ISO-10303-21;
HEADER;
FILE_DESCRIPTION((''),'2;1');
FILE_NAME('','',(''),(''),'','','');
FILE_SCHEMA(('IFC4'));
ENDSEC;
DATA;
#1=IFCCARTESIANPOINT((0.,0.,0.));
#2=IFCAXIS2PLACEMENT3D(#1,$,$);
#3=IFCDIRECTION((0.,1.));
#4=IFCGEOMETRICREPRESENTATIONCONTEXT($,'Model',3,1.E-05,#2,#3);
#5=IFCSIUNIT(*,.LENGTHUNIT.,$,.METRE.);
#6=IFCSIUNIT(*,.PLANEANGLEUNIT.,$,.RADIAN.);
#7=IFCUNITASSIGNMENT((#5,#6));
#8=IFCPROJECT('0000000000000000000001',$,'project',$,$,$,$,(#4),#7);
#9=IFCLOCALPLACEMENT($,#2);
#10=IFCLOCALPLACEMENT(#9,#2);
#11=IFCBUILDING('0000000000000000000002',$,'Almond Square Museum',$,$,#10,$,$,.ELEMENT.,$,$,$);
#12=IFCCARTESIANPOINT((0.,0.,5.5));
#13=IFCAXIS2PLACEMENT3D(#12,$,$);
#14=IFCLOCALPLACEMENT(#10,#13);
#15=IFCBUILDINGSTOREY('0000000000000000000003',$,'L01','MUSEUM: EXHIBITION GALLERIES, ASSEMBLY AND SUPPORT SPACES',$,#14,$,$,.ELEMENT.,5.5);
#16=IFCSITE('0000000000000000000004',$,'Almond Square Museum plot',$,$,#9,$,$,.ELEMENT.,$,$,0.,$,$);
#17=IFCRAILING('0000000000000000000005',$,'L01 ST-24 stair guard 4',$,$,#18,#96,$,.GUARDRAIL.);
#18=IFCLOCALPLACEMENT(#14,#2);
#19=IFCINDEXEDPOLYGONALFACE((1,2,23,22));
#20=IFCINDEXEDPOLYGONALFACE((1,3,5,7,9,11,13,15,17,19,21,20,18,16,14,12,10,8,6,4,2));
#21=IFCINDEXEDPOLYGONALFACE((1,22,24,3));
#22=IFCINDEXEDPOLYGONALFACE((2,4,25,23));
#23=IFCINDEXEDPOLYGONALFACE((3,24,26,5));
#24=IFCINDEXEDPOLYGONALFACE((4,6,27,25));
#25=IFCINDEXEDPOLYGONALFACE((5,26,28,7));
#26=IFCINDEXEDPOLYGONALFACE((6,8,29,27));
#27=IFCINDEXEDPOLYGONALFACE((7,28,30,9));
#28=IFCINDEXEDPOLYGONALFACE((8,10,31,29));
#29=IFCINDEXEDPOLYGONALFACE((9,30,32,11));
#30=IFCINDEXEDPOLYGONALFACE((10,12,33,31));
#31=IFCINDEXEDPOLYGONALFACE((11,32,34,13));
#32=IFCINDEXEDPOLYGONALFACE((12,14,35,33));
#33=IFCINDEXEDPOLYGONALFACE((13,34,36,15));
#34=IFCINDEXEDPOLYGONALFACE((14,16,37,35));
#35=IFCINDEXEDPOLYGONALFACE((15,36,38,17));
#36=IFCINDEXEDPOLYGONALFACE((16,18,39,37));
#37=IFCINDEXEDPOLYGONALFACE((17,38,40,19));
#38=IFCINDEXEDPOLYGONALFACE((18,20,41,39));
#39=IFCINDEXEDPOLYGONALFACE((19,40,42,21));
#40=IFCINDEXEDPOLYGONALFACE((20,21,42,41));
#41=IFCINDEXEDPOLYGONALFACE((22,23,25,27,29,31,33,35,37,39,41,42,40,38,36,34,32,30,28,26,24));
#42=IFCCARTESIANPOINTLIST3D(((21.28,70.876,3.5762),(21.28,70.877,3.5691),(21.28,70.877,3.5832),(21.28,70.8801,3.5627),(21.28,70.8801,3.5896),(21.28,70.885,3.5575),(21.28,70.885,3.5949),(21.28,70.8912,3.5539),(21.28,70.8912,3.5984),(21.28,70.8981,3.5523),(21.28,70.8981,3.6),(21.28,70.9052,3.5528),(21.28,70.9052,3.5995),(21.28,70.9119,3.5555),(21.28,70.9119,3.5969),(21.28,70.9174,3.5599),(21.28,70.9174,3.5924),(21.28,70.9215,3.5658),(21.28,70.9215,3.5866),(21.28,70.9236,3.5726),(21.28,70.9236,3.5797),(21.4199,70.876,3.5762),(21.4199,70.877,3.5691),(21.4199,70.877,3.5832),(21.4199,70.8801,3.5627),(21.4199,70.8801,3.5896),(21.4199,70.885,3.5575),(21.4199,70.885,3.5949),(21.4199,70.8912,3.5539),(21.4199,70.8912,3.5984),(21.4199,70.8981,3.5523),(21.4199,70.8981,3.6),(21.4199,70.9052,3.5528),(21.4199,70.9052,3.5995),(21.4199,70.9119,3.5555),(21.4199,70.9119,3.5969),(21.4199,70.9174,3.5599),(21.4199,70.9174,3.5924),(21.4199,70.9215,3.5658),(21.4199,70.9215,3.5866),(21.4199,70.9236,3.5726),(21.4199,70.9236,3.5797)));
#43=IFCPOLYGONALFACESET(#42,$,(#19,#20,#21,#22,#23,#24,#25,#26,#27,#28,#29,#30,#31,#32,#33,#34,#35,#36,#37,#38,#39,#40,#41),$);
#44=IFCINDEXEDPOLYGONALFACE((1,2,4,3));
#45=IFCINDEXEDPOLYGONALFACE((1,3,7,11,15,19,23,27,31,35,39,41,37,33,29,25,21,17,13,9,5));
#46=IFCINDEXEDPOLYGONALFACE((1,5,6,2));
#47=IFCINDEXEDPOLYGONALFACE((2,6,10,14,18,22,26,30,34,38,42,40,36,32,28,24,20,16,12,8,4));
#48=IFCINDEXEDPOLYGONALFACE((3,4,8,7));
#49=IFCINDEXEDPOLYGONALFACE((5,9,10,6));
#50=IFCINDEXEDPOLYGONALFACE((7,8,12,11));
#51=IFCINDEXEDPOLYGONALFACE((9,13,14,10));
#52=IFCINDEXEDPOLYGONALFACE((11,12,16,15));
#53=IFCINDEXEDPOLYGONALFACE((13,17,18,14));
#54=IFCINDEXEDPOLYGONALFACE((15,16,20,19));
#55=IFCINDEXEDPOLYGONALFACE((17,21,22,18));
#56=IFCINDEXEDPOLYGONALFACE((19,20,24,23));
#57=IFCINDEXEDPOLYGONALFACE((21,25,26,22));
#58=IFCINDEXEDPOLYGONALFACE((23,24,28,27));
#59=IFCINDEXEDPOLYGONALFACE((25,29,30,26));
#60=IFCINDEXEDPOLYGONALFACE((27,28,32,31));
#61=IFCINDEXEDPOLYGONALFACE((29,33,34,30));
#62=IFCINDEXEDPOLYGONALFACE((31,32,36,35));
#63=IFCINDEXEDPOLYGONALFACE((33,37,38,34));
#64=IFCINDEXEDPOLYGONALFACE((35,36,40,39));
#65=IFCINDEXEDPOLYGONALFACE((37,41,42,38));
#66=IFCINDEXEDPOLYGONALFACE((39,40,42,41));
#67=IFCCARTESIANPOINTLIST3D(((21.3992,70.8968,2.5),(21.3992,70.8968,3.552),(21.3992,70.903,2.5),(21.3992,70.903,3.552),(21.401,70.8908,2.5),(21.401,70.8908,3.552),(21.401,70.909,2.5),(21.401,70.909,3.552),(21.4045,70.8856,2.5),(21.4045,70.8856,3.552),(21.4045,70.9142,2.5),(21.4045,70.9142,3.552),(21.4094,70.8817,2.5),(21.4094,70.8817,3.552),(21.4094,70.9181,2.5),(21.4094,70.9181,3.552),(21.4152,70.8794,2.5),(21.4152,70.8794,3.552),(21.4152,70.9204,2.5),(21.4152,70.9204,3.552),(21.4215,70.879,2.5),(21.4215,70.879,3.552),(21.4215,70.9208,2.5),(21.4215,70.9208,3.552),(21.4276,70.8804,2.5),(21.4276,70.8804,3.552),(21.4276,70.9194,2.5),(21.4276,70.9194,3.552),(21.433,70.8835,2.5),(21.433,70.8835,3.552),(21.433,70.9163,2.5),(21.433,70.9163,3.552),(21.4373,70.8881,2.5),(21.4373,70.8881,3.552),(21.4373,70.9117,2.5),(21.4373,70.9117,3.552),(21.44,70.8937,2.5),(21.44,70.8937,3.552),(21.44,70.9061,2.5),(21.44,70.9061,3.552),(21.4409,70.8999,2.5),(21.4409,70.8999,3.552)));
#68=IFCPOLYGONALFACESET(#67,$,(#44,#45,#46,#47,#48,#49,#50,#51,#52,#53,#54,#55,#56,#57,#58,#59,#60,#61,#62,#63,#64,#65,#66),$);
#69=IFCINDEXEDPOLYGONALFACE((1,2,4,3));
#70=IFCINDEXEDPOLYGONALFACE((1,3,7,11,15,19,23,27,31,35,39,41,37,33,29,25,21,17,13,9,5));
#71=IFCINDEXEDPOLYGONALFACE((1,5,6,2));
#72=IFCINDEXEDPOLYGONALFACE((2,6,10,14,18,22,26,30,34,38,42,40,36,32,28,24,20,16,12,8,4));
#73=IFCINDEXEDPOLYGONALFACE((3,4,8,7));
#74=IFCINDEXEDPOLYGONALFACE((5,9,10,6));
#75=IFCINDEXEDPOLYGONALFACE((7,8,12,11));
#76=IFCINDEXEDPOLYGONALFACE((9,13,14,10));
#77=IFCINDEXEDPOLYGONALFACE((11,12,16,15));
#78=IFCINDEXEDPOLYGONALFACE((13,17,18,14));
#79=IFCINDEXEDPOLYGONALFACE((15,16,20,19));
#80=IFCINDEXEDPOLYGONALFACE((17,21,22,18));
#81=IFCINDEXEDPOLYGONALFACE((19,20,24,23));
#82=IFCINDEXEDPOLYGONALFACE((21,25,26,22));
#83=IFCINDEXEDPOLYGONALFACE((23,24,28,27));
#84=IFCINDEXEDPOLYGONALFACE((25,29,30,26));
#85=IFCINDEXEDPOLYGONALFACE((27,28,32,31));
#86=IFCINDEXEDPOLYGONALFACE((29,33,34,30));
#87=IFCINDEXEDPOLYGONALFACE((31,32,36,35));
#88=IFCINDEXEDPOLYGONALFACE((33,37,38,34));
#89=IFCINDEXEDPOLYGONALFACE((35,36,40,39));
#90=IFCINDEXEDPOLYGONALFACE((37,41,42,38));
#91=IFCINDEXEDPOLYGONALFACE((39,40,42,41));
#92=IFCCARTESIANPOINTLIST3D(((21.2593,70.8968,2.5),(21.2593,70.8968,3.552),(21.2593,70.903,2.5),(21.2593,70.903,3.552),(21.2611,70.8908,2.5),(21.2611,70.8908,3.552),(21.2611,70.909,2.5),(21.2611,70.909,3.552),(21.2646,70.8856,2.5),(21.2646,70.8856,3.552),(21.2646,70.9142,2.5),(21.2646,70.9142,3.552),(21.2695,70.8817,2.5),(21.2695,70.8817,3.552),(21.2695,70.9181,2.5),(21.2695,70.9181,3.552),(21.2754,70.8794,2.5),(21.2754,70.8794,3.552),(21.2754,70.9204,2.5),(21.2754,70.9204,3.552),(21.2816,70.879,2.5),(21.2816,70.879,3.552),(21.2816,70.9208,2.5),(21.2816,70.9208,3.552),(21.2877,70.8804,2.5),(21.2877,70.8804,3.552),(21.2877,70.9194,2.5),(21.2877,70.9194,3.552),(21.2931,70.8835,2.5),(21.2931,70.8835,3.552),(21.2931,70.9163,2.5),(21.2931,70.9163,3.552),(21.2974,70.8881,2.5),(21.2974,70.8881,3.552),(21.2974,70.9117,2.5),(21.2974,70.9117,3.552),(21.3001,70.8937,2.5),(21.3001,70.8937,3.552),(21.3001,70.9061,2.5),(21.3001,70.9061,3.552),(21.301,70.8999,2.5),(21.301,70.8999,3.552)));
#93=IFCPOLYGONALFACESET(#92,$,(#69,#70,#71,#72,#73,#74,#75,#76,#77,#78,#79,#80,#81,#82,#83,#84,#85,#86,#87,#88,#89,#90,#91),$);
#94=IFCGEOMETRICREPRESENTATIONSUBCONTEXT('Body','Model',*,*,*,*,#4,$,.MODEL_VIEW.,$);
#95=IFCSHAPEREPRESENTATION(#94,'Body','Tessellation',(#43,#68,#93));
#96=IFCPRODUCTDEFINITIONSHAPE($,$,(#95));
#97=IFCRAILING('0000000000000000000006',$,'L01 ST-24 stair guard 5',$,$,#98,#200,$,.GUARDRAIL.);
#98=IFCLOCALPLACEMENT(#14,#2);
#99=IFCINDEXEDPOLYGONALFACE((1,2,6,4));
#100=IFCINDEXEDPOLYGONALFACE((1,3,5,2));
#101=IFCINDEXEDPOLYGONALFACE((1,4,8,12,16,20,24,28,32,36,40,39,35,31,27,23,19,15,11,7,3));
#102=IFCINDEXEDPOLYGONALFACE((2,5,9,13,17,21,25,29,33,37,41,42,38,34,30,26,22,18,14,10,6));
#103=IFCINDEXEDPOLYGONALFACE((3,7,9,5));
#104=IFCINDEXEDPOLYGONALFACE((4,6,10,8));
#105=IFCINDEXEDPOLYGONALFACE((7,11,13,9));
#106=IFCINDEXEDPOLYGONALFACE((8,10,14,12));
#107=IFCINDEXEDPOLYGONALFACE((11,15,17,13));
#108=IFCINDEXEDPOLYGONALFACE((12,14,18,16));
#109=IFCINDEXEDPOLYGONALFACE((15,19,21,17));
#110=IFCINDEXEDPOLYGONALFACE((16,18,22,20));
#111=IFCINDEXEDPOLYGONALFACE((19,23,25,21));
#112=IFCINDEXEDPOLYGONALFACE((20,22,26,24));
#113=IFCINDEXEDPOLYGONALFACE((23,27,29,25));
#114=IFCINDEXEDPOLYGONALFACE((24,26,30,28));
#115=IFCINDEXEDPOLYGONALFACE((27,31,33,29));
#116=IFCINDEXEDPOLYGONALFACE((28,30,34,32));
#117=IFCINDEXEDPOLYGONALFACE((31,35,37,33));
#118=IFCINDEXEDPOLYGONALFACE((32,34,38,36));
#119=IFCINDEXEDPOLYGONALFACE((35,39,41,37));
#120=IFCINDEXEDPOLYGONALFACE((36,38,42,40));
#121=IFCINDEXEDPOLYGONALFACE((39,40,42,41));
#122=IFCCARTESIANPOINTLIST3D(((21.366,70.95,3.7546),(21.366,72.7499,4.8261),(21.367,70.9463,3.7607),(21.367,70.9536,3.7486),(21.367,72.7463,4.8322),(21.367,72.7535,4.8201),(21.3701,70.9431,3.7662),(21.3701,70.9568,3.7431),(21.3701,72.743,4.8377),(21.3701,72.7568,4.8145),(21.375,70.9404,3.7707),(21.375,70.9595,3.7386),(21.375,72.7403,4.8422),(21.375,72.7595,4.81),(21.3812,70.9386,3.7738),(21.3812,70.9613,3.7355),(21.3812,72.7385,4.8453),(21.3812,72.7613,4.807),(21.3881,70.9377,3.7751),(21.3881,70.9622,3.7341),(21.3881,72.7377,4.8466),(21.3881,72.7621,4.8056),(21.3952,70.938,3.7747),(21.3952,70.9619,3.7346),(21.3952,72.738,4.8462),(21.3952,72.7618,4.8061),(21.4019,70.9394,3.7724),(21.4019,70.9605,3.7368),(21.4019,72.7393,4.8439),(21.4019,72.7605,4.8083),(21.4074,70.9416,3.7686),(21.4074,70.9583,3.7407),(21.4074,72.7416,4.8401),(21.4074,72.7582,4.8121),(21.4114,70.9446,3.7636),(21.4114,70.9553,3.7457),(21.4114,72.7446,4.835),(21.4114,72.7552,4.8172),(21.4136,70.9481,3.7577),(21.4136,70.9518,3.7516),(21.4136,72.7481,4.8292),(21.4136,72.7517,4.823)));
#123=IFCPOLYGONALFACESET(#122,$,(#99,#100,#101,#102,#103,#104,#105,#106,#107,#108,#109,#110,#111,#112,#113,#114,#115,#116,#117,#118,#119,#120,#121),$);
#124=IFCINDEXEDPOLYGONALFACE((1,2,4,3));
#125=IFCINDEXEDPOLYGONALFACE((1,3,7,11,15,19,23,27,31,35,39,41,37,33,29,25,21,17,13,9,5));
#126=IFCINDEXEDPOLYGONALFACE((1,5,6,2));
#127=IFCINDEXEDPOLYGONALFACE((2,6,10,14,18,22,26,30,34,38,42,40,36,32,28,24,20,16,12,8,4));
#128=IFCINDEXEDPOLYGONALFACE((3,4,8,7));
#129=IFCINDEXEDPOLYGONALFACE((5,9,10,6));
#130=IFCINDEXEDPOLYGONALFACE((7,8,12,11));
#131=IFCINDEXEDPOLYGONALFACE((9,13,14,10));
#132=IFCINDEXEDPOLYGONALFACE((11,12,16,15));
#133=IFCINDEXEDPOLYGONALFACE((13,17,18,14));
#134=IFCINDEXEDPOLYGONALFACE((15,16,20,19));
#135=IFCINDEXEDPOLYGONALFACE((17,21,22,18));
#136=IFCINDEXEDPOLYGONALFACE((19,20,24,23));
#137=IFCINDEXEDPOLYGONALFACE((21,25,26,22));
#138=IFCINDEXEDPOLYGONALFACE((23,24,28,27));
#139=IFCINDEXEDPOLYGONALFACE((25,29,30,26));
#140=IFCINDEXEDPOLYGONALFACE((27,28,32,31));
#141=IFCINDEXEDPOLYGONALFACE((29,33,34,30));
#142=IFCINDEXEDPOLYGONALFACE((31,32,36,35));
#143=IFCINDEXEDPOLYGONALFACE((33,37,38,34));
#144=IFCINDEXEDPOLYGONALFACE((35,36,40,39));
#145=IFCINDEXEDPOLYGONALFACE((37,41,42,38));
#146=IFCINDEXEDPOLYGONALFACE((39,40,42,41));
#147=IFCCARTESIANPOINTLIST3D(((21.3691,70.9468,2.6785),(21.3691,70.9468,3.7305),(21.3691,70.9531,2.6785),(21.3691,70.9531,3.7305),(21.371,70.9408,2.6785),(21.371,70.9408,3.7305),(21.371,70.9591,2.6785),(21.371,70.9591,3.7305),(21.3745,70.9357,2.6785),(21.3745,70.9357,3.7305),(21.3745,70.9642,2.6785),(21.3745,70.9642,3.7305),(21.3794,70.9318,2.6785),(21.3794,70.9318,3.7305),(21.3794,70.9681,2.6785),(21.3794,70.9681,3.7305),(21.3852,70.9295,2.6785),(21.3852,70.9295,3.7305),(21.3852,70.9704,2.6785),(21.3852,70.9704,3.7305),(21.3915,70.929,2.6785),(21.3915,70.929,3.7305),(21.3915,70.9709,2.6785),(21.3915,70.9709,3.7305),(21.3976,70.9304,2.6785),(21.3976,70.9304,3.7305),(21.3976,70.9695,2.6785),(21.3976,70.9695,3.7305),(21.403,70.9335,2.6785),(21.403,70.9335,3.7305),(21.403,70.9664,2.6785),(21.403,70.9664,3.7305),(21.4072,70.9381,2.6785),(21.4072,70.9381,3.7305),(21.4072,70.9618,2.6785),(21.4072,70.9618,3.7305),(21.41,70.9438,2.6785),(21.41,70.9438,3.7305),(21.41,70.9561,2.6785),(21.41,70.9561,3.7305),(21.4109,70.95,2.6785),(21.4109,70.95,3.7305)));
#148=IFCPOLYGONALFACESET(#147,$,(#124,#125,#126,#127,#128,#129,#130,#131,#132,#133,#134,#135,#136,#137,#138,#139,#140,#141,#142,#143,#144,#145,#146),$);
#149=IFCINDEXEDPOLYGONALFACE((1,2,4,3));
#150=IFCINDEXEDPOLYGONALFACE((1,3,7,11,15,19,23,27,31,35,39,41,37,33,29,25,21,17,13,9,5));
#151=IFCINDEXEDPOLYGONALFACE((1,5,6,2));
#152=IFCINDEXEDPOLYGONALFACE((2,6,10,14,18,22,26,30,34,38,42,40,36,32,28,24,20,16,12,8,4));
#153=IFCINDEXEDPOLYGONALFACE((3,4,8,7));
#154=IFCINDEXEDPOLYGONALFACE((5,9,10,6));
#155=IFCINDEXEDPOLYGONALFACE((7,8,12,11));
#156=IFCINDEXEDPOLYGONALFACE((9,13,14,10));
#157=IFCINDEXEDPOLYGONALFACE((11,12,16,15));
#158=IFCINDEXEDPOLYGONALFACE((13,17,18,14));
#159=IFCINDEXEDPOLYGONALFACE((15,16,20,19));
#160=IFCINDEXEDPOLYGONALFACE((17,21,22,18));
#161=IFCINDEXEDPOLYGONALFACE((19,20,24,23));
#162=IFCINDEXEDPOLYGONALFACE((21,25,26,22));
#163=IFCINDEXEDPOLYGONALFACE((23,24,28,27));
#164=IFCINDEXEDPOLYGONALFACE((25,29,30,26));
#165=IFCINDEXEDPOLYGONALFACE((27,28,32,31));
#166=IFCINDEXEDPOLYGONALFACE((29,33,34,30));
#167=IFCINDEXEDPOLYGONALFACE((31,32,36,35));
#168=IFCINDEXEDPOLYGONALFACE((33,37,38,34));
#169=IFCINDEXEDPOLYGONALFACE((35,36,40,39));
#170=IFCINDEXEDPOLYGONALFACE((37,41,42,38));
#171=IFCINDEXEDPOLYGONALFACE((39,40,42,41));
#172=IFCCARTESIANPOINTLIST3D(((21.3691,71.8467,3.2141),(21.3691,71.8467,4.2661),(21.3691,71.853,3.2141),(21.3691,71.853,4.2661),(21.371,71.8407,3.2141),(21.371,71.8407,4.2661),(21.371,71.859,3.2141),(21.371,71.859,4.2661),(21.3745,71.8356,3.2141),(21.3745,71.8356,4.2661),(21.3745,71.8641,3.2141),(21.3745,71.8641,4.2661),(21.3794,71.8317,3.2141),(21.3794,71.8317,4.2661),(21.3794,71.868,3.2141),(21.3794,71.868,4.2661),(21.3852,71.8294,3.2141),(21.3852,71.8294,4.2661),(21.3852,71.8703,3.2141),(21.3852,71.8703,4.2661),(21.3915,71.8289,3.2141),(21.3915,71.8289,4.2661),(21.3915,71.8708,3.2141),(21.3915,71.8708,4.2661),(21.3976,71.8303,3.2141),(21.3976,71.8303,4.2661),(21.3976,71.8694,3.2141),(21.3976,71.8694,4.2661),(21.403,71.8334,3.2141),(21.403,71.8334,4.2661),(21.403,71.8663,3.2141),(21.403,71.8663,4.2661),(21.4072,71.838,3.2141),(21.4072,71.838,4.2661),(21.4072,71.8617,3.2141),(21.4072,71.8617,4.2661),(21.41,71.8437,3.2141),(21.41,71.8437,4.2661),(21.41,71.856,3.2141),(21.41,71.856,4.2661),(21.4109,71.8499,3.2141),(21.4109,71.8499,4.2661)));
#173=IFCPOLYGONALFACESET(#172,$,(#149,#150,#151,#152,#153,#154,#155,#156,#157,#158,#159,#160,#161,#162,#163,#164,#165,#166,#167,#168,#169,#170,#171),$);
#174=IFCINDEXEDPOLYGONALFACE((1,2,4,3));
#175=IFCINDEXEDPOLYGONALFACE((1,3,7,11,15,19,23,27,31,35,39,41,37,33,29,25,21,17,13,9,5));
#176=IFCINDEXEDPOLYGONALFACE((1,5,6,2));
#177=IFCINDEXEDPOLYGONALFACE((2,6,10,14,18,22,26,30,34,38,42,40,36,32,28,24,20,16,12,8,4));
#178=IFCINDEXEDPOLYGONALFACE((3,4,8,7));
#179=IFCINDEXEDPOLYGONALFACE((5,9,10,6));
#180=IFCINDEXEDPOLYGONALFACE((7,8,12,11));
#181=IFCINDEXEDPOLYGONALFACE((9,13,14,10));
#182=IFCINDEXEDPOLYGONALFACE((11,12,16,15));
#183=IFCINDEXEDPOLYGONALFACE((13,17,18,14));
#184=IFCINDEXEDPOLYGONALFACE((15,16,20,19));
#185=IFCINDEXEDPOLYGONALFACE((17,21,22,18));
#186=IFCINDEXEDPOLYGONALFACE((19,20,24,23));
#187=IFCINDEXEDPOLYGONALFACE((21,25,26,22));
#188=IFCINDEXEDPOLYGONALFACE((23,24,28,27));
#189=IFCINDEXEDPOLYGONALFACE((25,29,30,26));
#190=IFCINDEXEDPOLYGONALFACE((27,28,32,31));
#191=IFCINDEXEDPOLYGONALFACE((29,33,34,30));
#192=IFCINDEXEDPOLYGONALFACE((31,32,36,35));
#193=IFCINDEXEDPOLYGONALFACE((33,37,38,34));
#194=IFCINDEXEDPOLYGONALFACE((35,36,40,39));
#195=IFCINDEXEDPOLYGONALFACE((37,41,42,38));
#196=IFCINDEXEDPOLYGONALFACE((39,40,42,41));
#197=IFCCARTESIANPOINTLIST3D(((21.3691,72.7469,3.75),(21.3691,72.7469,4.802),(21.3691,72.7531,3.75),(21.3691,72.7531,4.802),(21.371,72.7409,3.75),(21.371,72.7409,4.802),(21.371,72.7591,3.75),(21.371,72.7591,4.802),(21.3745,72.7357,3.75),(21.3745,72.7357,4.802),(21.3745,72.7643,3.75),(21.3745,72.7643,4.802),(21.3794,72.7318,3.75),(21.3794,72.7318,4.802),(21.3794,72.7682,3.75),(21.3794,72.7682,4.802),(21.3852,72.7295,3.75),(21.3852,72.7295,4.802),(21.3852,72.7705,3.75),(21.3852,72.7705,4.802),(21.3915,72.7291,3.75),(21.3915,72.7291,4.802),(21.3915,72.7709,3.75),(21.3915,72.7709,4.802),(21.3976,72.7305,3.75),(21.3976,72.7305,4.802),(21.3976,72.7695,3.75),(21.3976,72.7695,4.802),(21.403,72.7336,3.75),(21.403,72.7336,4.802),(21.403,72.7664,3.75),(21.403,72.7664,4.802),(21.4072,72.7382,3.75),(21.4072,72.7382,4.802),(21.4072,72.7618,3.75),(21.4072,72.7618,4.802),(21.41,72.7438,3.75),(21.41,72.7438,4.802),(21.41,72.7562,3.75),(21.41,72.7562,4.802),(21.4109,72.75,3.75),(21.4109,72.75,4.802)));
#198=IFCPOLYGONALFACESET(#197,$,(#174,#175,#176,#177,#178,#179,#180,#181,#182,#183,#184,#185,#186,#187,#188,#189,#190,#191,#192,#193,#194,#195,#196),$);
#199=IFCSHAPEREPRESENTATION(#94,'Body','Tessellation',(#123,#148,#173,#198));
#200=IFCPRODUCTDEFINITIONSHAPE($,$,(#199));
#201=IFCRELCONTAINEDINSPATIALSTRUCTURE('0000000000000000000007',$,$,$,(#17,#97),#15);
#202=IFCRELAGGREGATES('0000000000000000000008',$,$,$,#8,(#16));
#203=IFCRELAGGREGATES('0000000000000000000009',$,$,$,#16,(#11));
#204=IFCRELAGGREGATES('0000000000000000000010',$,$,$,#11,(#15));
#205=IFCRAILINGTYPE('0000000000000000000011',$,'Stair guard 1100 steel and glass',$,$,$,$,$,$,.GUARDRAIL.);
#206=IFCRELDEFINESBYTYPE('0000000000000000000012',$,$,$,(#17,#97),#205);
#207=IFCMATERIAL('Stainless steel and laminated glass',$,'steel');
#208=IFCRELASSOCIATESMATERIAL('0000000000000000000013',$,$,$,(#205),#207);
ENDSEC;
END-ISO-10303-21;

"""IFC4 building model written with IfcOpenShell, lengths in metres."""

from ifc_helpers import new_model, si_unit, direction, frame, origin, origin_2d, place, context, subcontext, project, spatial, circle, extrude, material, type_object, element, save


model = new_model("IFC4")

# Units and contexts
model_context = context("Model", 3, precision=1e-05, world=origin(), true_north=direction((0.0, 1.0)))
body_context = subcontext(model_context, "Body", "Model", "MODEL_VIEW")
ifc_project = project(units=[si_unit("LENGTHUNIT", "METRE"), si_unit("PLANEANGLEUNIT", "RADIAN")], contexts=[model_context])

# Site, building, storey
site_placement = place(None, origin())
site = spatial("IfcSite", under=ifc_project, at=site_placement, Name="Almond Square Museum plot", CompositionType="ELEMENT", RefElevation=0.0)
building_placement = place(site_placement, origin())
building = spatial("IfcBuilding", under=site, at=building_placement, Name="Almond Square Museum", CompositionType="ELEMENT")
storey_placement = place(building_placement, frame((0.0, 0.0, 5.5)))
storey = spatial("IfcBuildingStorey", under=building, at=storey_placement, Name="L01", Description="MUSEUM: EXHIBITION GALLERIES, ASSEMBLY AND SUPPORT SPACES", CompositionType="ELEMENT", Elevation=5.5)

# Railings
ifc_material_1 = material(Name="Stainless steel and laminated glass", Category="steel")
railing_type_1 = type_object("IfcRailingType", Name="Stair guard 1100 steel and glass", PredefinedType="GUARDRAIL", material=ifc_material_1)
railing_1_placement = place(storey_placement, frame((21.4199, 70.8999, 2.5)))
element("IfcRailing", 1, at=railing_1_placement, inside=storey, type_object=railing_type_1, Name="L01 ST-24 stair guard 4", PredefinedType="GUARDRAIL", context=body_context, shape_type="SweptSolid", body=[
    extrude(circle(Radius=0.0239, at=origin_2d()), frame((0.0, 0.0, 1.0762), z_axis=(-1.0, 0.0, 0.0), x_axis=(0.0, -1.0, 0.0)), (0.0, 0.0, 1.0), 0.1399),
    extrude(circle(Radius=0.021, at=origin_2d()), origin(), (0.0, 0.0, 1.0), 1.052),
    extrude(circle(Radius=0.021, at=origin_2d()), frame((-0.1399, 0.0, 0.0)), (0.0, 0.0, 1.0), 1.052),
])
railing_2_placement = place(storey_placement, frame((21.3899, 70.95, 2.6785)))
element("IfcRailing", 2, at=railing_2_placement, inside=storey, type_object=railing_type_1, Name="L01 ST-24 stair guard 5", PredefinedType="GUARDRAIL", context=body_context, shape_type="SweptSolid", body=[
    extrude(circle(Radius=0.0239, at=origin_2d()), frame((0.0, 0.0, 1.0762), z_axis=(0.0, 0.859277, 0.51151), x_axis=(-1.0, 0.0, 0.0)), (0.0, 0.0, 1.0), 2.0947),
    extrude(circle(Radius=0.021, at=origin_2d()), origin(), (0.0, 0.0, 1.0), 1.052),
    extrude(circle(Radius=0.021, at=origin_2d()), frame((0.0, 0.8999, 0.5356)), (0.0, 0.0, 1.0), 1.052),
    extrude(circle(Radius=0.021, at=origin_2d()), frame((0.0, 1.8, 1.0715)), (0.0, 0.0, 1.0), 1.052),
])

save(model, "model.ifc")
